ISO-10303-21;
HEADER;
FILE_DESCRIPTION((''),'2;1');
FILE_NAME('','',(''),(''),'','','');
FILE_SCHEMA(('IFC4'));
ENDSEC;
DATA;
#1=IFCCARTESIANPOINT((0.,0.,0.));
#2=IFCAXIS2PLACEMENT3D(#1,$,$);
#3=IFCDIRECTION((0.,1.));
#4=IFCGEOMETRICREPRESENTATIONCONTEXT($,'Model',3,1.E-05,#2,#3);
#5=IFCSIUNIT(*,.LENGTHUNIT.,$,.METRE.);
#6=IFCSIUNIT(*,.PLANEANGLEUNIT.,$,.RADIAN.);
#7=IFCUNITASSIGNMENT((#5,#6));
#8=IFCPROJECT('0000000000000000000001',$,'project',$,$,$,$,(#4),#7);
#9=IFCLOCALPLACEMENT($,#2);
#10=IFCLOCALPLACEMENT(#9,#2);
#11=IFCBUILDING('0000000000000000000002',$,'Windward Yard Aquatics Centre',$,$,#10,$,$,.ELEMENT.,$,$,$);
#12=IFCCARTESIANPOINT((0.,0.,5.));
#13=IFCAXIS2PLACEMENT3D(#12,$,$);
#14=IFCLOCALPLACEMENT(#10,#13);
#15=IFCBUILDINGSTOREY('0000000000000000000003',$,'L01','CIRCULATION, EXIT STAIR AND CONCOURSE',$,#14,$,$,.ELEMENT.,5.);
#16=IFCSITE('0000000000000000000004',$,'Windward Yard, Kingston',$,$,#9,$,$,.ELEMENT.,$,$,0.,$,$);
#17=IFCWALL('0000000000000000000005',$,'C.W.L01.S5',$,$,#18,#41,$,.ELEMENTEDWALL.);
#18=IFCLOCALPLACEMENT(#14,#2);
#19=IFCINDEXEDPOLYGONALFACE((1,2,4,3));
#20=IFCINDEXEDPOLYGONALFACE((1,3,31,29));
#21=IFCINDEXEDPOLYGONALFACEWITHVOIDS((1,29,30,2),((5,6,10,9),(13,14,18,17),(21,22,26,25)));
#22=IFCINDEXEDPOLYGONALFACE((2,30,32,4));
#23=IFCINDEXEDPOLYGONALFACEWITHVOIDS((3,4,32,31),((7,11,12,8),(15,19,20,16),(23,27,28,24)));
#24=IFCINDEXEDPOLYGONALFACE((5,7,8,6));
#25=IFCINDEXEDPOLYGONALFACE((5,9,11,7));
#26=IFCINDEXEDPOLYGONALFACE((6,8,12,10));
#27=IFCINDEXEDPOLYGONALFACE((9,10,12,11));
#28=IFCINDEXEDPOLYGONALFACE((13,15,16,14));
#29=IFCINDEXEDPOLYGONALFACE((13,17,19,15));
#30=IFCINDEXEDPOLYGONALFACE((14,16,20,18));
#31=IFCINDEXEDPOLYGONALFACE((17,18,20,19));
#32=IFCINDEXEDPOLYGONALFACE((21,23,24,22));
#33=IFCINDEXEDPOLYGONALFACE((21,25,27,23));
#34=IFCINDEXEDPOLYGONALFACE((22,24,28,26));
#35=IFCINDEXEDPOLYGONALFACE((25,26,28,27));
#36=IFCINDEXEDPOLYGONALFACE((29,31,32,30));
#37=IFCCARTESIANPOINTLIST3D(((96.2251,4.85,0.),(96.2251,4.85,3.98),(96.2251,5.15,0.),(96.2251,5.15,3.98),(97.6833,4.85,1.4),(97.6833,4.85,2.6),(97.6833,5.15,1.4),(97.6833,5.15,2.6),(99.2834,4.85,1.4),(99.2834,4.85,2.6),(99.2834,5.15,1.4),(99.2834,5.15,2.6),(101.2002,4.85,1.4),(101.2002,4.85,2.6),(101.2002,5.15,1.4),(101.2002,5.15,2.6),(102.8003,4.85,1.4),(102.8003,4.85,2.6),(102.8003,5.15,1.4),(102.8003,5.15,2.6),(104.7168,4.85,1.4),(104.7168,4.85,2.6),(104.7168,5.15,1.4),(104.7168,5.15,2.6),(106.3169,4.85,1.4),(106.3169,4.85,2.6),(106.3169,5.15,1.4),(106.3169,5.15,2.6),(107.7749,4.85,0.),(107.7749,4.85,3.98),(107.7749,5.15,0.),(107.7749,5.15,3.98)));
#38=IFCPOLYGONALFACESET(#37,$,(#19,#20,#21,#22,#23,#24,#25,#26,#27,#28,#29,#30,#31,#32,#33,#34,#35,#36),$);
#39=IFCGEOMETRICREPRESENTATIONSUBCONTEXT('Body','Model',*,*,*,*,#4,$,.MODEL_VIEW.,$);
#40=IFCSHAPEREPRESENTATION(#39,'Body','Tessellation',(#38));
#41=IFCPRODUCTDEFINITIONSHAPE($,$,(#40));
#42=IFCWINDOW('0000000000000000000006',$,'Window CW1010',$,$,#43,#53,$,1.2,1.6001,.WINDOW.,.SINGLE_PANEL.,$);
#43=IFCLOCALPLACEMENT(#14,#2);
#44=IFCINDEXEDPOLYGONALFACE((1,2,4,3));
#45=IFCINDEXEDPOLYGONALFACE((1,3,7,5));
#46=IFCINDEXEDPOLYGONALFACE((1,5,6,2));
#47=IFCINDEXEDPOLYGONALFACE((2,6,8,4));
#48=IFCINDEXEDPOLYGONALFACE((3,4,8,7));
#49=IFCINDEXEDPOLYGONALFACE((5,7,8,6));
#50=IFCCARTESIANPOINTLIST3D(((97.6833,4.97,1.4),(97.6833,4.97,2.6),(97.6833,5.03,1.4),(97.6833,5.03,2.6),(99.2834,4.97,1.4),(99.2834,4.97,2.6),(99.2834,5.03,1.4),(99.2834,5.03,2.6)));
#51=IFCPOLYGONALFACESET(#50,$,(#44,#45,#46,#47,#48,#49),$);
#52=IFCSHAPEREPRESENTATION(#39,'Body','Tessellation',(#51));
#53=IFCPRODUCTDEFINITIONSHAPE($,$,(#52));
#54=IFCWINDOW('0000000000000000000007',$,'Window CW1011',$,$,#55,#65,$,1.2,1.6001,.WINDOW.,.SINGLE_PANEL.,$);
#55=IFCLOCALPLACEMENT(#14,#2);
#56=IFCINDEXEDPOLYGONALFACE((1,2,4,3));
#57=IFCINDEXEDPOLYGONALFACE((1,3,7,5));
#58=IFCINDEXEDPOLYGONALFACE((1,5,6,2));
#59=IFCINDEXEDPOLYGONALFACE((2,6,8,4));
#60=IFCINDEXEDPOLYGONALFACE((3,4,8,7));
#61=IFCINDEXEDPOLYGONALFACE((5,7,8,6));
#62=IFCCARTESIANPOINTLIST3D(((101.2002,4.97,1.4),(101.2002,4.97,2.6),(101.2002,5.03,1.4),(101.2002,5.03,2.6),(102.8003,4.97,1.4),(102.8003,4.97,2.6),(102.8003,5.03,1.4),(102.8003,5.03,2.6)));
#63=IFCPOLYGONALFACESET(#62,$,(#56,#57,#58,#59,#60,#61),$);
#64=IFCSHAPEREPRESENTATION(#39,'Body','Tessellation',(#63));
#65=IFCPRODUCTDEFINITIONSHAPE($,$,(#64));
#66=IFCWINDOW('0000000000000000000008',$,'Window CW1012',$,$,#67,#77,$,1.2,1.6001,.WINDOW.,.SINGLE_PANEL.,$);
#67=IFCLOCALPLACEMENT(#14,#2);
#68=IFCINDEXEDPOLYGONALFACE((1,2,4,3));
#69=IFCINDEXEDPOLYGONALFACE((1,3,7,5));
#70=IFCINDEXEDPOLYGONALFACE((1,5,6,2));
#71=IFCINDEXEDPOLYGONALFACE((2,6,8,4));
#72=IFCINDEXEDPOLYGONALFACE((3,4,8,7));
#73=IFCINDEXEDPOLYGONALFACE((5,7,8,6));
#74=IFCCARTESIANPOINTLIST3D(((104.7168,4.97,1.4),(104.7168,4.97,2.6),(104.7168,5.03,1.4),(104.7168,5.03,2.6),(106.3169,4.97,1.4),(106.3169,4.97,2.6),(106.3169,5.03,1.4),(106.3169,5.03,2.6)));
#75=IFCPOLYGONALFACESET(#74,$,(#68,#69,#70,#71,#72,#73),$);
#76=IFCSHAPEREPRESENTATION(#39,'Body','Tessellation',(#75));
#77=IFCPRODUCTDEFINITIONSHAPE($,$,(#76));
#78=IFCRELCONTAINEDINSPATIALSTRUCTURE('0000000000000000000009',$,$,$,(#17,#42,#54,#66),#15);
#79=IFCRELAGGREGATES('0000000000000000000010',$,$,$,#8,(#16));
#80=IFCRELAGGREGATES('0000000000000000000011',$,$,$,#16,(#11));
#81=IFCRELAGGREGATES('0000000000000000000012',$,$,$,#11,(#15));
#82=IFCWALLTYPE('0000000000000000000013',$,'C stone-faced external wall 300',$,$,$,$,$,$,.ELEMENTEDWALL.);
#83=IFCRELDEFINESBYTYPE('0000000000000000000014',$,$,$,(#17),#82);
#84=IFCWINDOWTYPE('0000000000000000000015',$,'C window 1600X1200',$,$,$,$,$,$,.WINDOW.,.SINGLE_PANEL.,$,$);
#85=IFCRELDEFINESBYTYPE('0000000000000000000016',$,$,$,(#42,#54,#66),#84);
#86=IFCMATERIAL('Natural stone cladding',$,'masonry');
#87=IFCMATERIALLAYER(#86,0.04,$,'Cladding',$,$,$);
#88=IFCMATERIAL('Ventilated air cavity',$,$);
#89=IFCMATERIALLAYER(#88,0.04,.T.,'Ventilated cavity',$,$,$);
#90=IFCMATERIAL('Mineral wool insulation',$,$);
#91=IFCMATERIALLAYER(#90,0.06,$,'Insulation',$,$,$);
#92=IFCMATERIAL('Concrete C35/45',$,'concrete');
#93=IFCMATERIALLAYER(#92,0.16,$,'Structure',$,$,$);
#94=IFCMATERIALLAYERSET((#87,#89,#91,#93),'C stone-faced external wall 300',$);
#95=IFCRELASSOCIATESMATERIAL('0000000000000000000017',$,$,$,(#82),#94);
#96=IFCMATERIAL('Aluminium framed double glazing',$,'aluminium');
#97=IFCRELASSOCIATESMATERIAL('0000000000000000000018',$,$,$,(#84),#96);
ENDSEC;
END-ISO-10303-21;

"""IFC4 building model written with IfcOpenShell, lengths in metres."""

from ifc_helpers import new_model, si_unit, direction, frame, frame_2d, origin, place, context, subcontext, project, spatial, rectangle, extrude, material, layer, layer_set, type_object, element, fill, save


model = new_model("IFC4")

# Units and contexts
model_context = context("Model", 3, precision=1e-05, world=origin(), true_north=direction((0.0, 1.0)))
body_context = subcontext(model_context, "Body", "Model", "MODEL_VIEW")
ifc_project = project(units=[si_unit("LENGTHUNIT", "METRE"), si_unit("PLANEANGLEUNIT", "RADIAN")], contexts=[model_context])

# Site, building, storey
site_placement = place(None, origin())
site = spatial("IfcSite", under=ifc_project, at=site_placement, Name="Windward Yard, Kingston", CompositionType="ELEMENT", RefElevation=0.0)
building_placement = place(site_placement, origin())
building = spatial("IfcBuilding", under=site, at=building_placement, Name="Windward Yard Aquatics Centre", CompositionType="ELEMENT")
storey_placement = place(building_placement, frame((0.0, 0.0, 5.0)))
storey = spatial("IfcBuildingStorey", under=building, at=storey_placement, Name="L01", Description="CIRCULATION, EXIT STAIR AND CONCOURSE", CompositionType="ELEMENT", Elevation=5.0)

# Shared definitions
ifc_material_1 = material(Name="Concrete C35/45", Category="concrete")

# Wall, openings, windows
ifc_material_2 = material(Name="Natural stone cladding", Category="masonry")
ifc_layer_1 = layer(ifc_material_2, 0.04, Name="Cladding")
ifc_material_3 = material(Name="Ventilated air cavity")
ifc_layer_2 = layer(ifc_material_3, 0.04, ventilated=True, Name="Ventilated cavity")
ifc_material_4 = material(Name="Mineral wool insulation")
ifc_layer_3 = layer(ifc_material_4, 0.06, Name="Insulation")
ifc_layer_4 = layer(ifc_material_1, 0.16, Name="Structure")
ifc_layer_set_1 = layer_set([ifc_layer_1, ifc_layer_2, ifc_layer_3, ifc_layer_4], Name="C stone-faced external wall 300")
wall_type_1 = type_object("IfcWallType", Name="C stone-faced external wall 300", PredefinedType="ELEMENTEDWALL", material=ifc_layer_set_1)
wall_1_placement = place(storey_placement, frame((96.2251, 5.0, 0.0), z_axis=(0.0, 0.0, 1.0), x_axis=(1.0, 0.0, 0.0)))
wall_1 = element("IfcWall", 1, at=wall_1_placement, inside=storey, type_object=wall_type_1, Name="C.W.L01.S5", PredefinedType="ELEMENTEDWALL", context=body_context, shape_type="SweptSolid", body=[
    extrude(rectangle(XDim=11.5498, YDim=0.3, at=frame_2d((5.7749, 0.0))), origin(), (0.0, 0.0, 1.0), 3.98),
])
opening_1_placement = place(wall_1_placement, frame((1.4583, 0.0, 1.3999)))
opening_1 = element("IfcOpeningElement", 2, at=opening_1_placement, cuts=wall_1, PredefinedType="OPENING", context=body_context, shape_type="SweptSolid", body=[
    extrude(rectangle(XDim=1.6001, YDim=1.2, at=frame_2d((0.8, 0.6001))), frame((0.0, 0.1602, 0.0), z_axis=(0.0, -1.0, 0.0), x_axis=(1.0, 0.0, 0.0)), (0.0, 0.0, 1.0), 0.3201),
])
opening_2_placement = place(wall_1_placement, frame((4.9751, 0.0, 1.3999)))
opening_2 = element("IfcOpeningElement", 3, at=opening_2_placement, cuts=wall_1, PredefinedType="OPENING", context=body_context, shape_type="SweptSolid", body=[
    extrude(rectangle(XDim=1.6001, YDim=1.2, at=frame_2d((0.8, 0.6001))), frame((0.0, 0.1602, 0.0), z_axis=(0.0, -1.0, 0.0), x_axis=(1.0, 0.0, 0.0)), (0.0, 0.0, 1.0), 0.3201),
])
opening_3_placement = place(wall_1_placement, frame((8.4917, 0.0, 1.3999)))
opening_3 = element("IfcOpeningElement", 4, at=opening_3_placement, cuts=wall_1, PredefinedType="OPENING", context=body_context, shape_type="SweptSolid", body=[
    extrude(rectangle(XDim=1.6001, YDim=1.2, at=frame_2d((0.8, 0.6001))), frame((0.0, 0.1602, 0.0), z_axis=(0.0, -1.0, 0.0), x_axis=(1.0, 0.0, 0.0)), (0.0, 0.0, 1.0), 0.3201),
])
ifc_material_5 = material(Name="Aluminium framed double glazing", Category="aluminium")
window_type = type_object("IfcWindowType", Name="C window 1600X1200", PartitioningType="SINGLE_PANEL", PredefinedType="WINDOW", material=ifc_material_5)
window_1_placement = place(opening_1_placement, origin())
window_1 = element("IfcWindow", 5, at=window_1_placement, inside=storey, type_object=window_type, Name="Window CW1010", OverallHeight=1.2, OverallWidth=1.6001, PartitioningType="SINGLE_PANEL", PredefinedType="WINDOW", context=body_context, shape_type="SweptSolid", body=[
    extrude(rectangle(XDim=1.6001, YDim=1.2, at=frame_2d((0.8, 0.6001))), frame((0.0, 0.03, 0.0), z_axis=(0.0, -1.0, 0.0), x_axis=(1.0, 0.0, 0.0)), (0.0, 0.0, 1.0), 0.0601),
])
fill(opening_1, window_1)
window_2_placement = place(opening_2_placement, origin())
window_2 = element("IfcWindow", 6, at=window_2_placement, inside=storey, type_object=window_type, Name="Window CW1011", OverallHeight=1.2, OverallWidth=1.6001, PartitioningType="SINGLE_PANEL", PredefinedType="WINDOW", context=body_context, shape_type="SweptSolid", body=[
    extrude(rectangle(XDim=1.6001, YDim=1.2, at=frame_2d((0.8, 0.6001))), frame((0.0, 0.03, 0.0), z_axis=(0.0, -1.0, 0.0), x_axis=(1.0, 0.0, 0.0)), (0.0, 0.0, 1.0), 0.0601),
])
fill(opening_2, window_2)
window_3_placement = place(opening_3_placement, origin())
window_3 = element("IfcWindow", 7, at=window_3_placement, inside=storey, type_object=window_type, Name="Window CW1012", OverallHeight=1.2, OverallWidth=1.6001, PartitioningType="SINGLE_PANEL", PredefinedType="WINDOW", context=body_context, shape_type="SweptSolid", body=[
    extrude(rectangle(XDim=1.6001, YDim=1.2, at=frame_2d((0.8, 0.6001))), frame((0.0, 0.03, 0.0), z_axis=(0.0, -1.0, 0.0), x_axis=(1.0, 0.0, 0.0)), (0.0, 0.0, 1.0), 0.0601),
])
fill(opening_3, window_3)

save(model, "model.ifc")
